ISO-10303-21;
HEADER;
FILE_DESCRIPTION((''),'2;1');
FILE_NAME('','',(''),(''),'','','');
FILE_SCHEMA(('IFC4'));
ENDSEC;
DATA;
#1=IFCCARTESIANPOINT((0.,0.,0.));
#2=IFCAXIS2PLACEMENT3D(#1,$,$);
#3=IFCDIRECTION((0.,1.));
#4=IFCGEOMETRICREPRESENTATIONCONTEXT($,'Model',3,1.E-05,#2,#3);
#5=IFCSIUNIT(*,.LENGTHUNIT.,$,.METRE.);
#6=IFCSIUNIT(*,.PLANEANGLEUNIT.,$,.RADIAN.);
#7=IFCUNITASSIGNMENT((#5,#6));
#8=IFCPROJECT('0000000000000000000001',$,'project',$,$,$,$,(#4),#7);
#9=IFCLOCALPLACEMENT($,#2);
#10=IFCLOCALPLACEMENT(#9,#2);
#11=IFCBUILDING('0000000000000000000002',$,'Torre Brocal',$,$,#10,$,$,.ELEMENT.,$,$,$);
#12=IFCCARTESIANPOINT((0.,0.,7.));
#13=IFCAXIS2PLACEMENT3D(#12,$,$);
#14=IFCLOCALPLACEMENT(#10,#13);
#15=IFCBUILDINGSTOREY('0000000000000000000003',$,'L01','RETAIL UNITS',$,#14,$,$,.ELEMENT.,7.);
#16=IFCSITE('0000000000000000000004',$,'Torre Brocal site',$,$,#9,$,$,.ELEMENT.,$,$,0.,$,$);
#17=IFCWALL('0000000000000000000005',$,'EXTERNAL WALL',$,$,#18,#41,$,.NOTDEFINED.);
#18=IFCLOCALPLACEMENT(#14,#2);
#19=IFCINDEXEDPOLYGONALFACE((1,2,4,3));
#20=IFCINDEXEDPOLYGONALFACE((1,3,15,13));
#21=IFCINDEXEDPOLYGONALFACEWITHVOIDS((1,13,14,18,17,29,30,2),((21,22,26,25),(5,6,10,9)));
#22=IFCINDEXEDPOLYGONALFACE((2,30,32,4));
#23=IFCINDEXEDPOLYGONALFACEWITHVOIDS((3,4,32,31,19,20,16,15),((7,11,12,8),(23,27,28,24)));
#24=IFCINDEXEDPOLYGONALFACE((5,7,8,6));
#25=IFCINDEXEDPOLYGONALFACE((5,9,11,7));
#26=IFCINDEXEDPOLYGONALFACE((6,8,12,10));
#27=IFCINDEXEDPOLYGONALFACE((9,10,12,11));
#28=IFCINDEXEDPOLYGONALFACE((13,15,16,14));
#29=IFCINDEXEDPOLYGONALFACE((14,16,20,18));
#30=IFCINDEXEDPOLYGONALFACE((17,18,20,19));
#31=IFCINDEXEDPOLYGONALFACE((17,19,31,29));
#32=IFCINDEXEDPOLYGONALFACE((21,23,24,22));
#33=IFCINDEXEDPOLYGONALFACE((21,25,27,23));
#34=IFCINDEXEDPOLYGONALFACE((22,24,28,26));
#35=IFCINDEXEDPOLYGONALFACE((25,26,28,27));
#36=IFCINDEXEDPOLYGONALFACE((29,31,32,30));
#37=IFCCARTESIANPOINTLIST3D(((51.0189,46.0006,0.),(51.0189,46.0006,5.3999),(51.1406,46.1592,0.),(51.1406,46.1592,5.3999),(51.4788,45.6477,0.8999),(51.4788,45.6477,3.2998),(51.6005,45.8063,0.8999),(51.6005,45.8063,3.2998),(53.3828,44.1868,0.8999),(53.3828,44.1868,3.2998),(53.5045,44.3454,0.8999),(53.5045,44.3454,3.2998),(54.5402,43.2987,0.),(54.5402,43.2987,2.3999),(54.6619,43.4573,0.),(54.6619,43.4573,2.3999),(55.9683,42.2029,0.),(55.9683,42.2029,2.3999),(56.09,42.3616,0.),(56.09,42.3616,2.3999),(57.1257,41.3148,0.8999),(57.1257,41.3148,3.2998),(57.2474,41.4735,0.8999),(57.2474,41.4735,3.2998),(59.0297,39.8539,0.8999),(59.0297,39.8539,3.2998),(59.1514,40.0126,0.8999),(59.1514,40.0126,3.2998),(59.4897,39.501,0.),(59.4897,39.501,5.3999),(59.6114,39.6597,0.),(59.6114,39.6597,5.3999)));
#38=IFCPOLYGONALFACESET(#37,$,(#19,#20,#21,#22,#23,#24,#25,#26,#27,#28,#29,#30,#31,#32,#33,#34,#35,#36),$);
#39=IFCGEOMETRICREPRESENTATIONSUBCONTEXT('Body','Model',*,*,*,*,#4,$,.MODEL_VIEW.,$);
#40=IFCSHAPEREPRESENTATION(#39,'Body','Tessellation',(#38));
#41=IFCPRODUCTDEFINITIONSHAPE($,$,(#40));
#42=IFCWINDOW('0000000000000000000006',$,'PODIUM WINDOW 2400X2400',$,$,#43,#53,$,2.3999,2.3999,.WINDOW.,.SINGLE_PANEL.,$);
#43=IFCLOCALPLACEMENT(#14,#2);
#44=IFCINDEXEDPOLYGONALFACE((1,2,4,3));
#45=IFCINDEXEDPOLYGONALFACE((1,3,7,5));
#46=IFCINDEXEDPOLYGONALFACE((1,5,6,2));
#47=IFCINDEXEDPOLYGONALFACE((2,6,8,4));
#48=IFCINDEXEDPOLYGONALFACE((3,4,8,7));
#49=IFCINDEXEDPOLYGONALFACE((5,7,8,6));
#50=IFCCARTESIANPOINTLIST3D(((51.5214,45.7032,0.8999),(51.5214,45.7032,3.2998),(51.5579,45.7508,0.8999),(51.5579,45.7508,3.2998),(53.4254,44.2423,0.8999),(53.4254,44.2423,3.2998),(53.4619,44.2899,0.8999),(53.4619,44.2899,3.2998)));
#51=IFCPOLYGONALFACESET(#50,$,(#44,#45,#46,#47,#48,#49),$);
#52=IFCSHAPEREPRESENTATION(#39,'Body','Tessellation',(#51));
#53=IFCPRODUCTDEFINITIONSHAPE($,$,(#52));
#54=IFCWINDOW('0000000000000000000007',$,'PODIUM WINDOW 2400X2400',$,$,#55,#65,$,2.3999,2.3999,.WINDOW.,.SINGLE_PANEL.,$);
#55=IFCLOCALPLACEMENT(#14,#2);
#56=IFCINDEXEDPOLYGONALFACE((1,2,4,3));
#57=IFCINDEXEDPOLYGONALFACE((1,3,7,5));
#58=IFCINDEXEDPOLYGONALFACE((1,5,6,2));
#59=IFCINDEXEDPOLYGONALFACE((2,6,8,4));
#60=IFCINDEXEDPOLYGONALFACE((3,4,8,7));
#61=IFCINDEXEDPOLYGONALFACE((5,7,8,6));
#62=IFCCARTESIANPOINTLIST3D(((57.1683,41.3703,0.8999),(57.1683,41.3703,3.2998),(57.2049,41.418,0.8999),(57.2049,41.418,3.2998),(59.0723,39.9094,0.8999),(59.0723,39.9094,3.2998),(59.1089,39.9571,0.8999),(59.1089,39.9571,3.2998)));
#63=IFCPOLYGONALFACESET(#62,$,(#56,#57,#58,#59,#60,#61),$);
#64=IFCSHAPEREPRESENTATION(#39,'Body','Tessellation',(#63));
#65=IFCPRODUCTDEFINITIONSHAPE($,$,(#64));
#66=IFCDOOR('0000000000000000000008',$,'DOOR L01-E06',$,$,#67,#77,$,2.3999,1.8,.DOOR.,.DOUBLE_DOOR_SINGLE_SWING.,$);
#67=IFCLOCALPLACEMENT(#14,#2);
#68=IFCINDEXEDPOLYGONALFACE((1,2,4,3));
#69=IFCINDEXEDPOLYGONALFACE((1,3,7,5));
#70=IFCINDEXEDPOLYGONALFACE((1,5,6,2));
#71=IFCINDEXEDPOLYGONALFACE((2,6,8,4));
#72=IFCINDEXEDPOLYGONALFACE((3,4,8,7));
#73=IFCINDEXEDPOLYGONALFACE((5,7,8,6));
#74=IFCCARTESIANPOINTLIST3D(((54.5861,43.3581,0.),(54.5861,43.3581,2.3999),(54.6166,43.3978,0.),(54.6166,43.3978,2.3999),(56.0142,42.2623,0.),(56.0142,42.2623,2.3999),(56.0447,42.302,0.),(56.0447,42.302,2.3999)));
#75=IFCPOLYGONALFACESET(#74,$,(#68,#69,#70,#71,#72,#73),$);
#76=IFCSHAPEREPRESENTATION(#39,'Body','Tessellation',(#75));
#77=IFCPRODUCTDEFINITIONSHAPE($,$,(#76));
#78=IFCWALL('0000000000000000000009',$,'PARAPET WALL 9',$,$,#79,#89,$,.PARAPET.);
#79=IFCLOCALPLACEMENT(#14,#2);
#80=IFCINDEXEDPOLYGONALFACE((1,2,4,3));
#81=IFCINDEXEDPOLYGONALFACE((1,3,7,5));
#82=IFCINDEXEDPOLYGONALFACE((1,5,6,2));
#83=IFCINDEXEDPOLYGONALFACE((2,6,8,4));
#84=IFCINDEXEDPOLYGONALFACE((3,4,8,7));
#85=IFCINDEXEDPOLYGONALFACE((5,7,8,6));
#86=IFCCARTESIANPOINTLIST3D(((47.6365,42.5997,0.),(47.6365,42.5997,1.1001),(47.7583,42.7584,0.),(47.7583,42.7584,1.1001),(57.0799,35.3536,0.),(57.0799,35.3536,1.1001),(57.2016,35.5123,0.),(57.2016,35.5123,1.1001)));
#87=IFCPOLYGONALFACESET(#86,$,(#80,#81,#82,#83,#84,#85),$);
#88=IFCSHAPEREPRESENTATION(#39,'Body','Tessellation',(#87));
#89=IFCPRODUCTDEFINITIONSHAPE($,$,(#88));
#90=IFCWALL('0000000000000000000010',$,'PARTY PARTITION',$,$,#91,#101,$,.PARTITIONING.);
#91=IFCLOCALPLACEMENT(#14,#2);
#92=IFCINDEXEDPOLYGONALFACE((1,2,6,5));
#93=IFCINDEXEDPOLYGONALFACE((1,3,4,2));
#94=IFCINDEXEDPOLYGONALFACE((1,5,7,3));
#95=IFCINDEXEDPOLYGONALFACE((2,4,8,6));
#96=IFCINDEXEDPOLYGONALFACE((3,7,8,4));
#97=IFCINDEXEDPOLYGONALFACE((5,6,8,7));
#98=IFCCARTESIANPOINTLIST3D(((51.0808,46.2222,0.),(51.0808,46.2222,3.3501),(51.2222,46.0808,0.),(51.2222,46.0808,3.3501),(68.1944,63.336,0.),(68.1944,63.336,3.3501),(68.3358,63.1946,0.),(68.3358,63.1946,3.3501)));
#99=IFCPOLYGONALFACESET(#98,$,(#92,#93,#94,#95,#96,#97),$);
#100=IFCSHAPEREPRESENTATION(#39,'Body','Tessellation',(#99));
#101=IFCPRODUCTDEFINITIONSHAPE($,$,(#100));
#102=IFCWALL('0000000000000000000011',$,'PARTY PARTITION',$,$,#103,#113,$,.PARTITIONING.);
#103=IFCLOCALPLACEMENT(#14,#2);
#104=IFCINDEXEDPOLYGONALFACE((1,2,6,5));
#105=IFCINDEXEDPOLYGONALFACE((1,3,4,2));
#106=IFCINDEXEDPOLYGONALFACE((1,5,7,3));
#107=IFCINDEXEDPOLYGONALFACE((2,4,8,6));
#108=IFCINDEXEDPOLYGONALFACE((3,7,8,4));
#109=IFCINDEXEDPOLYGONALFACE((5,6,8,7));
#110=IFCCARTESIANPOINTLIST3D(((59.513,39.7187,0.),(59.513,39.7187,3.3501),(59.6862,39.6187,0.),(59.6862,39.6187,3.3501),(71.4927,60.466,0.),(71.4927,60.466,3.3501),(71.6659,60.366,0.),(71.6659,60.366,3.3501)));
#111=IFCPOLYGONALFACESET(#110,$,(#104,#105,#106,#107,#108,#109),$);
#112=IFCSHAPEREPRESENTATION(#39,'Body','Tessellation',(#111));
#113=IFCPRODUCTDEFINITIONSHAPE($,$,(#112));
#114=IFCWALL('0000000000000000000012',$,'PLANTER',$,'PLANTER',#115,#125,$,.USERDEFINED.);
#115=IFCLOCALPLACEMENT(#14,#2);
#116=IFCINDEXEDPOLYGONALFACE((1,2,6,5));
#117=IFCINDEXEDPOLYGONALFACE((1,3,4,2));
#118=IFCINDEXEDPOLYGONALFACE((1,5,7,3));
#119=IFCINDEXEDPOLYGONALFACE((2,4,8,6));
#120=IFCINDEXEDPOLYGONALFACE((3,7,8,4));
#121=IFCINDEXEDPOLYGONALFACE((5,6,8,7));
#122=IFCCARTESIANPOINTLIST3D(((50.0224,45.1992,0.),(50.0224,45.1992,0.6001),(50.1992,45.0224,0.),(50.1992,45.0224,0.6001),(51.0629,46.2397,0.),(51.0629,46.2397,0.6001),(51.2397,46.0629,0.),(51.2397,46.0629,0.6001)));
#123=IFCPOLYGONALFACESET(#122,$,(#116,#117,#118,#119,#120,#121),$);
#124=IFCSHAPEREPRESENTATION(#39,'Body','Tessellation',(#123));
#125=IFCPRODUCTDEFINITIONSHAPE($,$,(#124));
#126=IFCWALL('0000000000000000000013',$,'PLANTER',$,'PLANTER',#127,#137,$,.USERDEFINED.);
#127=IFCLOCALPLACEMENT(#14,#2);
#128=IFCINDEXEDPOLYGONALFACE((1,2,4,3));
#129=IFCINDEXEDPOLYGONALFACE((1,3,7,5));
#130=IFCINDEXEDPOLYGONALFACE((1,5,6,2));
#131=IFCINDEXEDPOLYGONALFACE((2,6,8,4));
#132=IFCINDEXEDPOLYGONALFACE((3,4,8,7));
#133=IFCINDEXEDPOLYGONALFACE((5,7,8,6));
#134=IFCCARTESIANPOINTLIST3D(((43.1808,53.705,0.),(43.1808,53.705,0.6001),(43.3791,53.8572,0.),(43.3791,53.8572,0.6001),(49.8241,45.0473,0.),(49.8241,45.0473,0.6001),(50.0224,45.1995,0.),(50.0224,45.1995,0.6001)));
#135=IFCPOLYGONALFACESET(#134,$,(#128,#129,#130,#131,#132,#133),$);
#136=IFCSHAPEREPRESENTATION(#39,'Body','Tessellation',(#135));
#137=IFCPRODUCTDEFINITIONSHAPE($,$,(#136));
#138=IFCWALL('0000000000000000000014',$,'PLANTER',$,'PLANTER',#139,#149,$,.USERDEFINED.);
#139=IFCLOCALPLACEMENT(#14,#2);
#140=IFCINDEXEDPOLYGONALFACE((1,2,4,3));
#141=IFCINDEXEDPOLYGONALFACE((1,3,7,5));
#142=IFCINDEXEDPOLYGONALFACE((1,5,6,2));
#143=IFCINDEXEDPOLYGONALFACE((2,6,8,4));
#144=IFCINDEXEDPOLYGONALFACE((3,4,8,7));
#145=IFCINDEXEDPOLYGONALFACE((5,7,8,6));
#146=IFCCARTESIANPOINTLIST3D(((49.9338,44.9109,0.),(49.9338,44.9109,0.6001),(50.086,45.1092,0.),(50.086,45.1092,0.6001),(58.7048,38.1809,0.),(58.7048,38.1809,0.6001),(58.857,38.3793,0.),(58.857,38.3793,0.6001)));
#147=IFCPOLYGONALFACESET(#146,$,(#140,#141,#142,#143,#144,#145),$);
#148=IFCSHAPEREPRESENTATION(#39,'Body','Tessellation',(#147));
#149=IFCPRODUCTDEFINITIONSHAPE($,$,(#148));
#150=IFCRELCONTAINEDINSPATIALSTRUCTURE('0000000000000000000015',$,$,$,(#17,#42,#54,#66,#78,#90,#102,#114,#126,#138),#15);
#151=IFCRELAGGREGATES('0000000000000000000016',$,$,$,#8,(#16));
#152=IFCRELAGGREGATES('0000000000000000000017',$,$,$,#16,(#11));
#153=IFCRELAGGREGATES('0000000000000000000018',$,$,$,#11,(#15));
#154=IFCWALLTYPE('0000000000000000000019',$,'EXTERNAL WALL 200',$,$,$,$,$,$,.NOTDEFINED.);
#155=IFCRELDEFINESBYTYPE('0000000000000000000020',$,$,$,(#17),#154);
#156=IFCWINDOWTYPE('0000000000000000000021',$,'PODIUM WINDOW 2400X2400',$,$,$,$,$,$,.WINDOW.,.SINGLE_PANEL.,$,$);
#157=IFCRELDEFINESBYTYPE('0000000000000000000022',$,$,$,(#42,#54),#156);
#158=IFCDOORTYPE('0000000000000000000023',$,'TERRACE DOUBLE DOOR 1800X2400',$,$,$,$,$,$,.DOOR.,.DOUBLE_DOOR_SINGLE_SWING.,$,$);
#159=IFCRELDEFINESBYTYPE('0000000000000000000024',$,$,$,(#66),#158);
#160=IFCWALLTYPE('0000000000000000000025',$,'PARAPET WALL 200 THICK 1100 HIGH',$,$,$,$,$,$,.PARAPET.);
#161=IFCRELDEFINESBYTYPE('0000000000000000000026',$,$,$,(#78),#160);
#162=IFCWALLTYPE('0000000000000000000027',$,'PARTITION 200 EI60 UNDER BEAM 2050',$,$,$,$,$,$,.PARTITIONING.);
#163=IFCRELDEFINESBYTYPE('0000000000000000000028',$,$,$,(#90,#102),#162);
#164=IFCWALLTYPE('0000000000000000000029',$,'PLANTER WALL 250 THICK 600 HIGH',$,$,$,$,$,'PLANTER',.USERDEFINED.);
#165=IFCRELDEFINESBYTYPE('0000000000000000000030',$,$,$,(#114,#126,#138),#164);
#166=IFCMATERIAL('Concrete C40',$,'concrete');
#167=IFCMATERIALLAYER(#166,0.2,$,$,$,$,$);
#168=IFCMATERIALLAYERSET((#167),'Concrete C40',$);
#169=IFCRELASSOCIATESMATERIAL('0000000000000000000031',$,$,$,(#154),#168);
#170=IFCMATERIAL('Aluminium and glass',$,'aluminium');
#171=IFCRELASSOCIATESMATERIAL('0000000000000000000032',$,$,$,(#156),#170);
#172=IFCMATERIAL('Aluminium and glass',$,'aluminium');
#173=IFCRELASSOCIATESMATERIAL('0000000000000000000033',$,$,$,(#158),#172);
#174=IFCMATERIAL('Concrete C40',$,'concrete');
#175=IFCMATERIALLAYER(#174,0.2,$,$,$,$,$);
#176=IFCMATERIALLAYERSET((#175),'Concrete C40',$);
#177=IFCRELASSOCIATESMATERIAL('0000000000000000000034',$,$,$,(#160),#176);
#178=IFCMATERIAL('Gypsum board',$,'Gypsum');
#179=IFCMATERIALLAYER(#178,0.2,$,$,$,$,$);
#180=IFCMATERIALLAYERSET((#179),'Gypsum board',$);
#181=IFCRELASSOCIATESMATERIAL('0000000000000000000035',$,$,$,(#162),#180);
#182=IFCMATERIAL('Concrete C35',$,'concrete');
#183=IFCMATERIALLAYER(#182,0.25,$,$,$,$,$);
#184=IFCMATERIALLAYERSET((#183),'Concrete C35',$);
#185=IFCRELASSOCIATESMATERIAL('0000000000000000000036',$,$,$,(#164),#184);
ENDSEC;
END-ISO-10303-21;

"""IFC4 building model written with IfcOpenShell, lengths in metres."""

from ifc_helpers import new_model, si_unit, direction, frame, frame_2d, origin, place, context, subcontext, project, spatial, rectangle, extrude, material, layer, layer_set, type_object, element, fill, save


model = new_model("IFC4")

# Units and contexts
model_context = context("Model", 3, precision=1e-05, world=origin(), true_north=direction((0.0, 1.0)))
body_context = subcontext(model_context, "Body", "Model", "MODEL_VIEW")
ifc_project = project(units=[si_unit("LENGTHUNIT", "METRE"), si_unit("PLANEANGLEUNIT", "RADIAN")], contexts=[model_context])

# Site, building, storey
site_placement = place(None, origin())
site = spatial("IfcSite", under=ifc_project, at=site_placement, Name="Torre Brocal site", CompositionType="ELEMENT", RefElevation=0.0)
building_placement = place(site_placement, origin())
building = spatial("IfcBuilding", under=site, at=building_placement, Name="Torre Brocal", CompositionType="ELEMENT")
storey_placement = place(building_placement, frame((0.0, 0.0, 7.0)))
storey = spatial("IfcBuildingStorey", under=building, at=storey_placement, Name="L01", Description="RETAIL UNITS", CompositionType="ELEMENT", Elevation=7.0)

# Wall, openings, windows, door
ifc_material_1 = material(Name="Concrete C40", Category="concrete")
ifc_layer_1 = layer(ifc_material_1, 0.2)
ifc_layer_set_1 = layer_set([ifc_layer_1], Name="Concrete C40")
wall_type_1 = type_object("IfcWallType", Name="EXTERNAL WALL 200", PredefinedType="NOTDEFINED", material=ifc_layer_set_1)
wall_1_placement = place(storey_placement, frame((51.0798, 46.0798, 0.0), z_axis=(0.0, 0.0, 1.0), x_axis=(0.793366, -0.608744, 0.0)))
wall_1 = element("IfcWall", 1, at=wall_1_placement, inside=storey, type_object=wall_type_1, Name="EXTERNAL WALL", PredefinedType="NOTDEFINED", context=body_context, shape_type="SweptSolid", body=[
    extrude(rectangle(XDim=10.677, YDim=0.2, at=frame_2d((5.3384, 0.0))), origin(), (0.0, 0.0, 1.0), 5.3999),
])
opening_1_placement = place(wall_1_placement, frame((0.5796, 0.0, 0.8999)))
opening_1 = element("IfcOpeningElement", 2, at=opening_1_placement, cuts=wall_1, PredefinedType="OPENING", context=body_context, shape_type="SweptSolid", body=[
    extrude(rectangle(XDim=2.3999, YDim=2.3999, at=frame_2d((1.2, 1.2))), frame((0.0, 0.1099, 0.0), z_axis=(0.0, -1.0, 0.0), x_axis=(1.0, 0.0, 0.0)), (0.0, 0.0, 1.0), 0.22),
])
opening_2_placement = place(wall_1_placement, frame((4.4385, 0.0, 0.0)))
opening_2 = element("IfcOpeningElement", 3, at=opening_2_placement, cuts=wall_1, PredefinedType="OPENING", context=body_context, shape_type="SweptSolid", body=[
    extrude(rectangle(XDim=1.8, YDim=2.3999, at=frame_2d((0.8999, 1.2))), frame((0.0, 0.1099, 0.0), z_axis=(0.0, -1.0, 0.0), x_axis=(1.0, 0.0, 0.0)), (0.0, 0.0, 1.0), 0.22),
])
opening_3_placement = place(wall_1_placement, frame((7.6973, 0.0, 0.8999)))
opening_3 = element("IfcOpeningElement", 4, at=opening_3_placement, cuts=wall_1, PredefinedType="OPENING", context=body_context, shape_type="SweptSolid", body=[
    extrude(rectangle(XDim=2.3999, YDim=2.3999, at=frame_2d((1.2, 1.2))), frame((0.0, 0.1099, 0.0), z_axis=(0.0, -1.0, 0.0), x_axis=(1.0, 0.0, 0.0)), (0.0, 0.0, 1.0), 0.22),
])
ifc_material_2 = material(Name="Aluminium and glass", Category="aluminium")
window_type = type_object("IfcWindowType", Name="PODIUM WINDOW 2400X2400", PartitioningType="SINGLE_PANEL", PredefinedType="WINDOW", material=ifc_material_2)
window_1_placement = place(opening_1_placement, origin())
window_1 = element("IfcWindow", 5, at=window_1_placement, inside=storey, type_object=window_type, Name="PODIUM WINDOW 2400X2400", OverallHeight=2.3999, OverallWidth=2.3999, PartitioningType="SINGLE_PANEL", PredefinedType="WINDOW", context=body_context, shape_type="SweptSolid", body=[
    extrude(rectangle(XDim=2.3999, YDim=2.3999, at=frame_2d((1.2, 1.2))), frame((0.0, 0.03, 0.0), z_axis=(0.0, -1.0, 0.0), x_axis=(1.0, 0.0, 0.0)), (0.0, 0.0, 1.0), 0.0601),
])
fill(opening_1, window_1)
window_2_placement = place(opening_3_placement, origin())
window_2 = element("IfcWindow", 6, at=window_2_placement, inside=storey, type_object=window_type, Name="PODIUM WINDOW 2400X2400", OverallHeight=2.3999, OverallWidth=2.3999, PartitioningType="SINGLE_PANEL", PredefinedType="WINDOW", context=body_context, shape_type="SweptSolid", body=[
    extrude(rectangle(XDim=2.3999, YDim=2.3999, at=frame_2d((1.2, 1.2))), frame((0.0, 0.03, 0.0), z_axis=(0.0, -1.0, 0.0), x_axis=(1.0, 0.0, 0.0)), (0.0, 0.0, 1.0), 0.0601),
])
fill(opening_3, window_2)
ifc_material_3 = material(Name="Aluminium and glass", Category="aluminium")
door_type = type_object("IfcDoorType", Name="TERRACE DOUBLE DOOR 1800X2400", OperationType="DOUBLE_DOOR_SINGLE_SWING", PredefinedType="DOOR", material=ifc_material_3)
door_placement = place(opening_2_placement, frame((1.8, 0.0, 0.0), z_axis=(0.0, 0.0, 1.0), x_axis=(-1.0, 0.0, 0.0)))
door = element("IfcDoor", 7, at=door_placement, inside=storey, type_object=door_type, Name="DOOR L01-E06", OperationType="DOUBLE_DOOR_SINGLE_SWING", OverallHeight=2.3999, OverallWidth=1.8, PredefinedType="DOOR", context=body_context, shape_type="SweptSolid", body=[
    extrude(rectangle(XDim=1.8, YDim=2.3999, at=frame_2d((0.8999, 1.2))), frame((0.0, 0.0249, 0.0), z_axis=(0.0, -1.0, 0.0), x_axis=(1.0, 0.0, 0.0)), (0.0, 0.0, 1.0), 0.05),
])
fill(opening_2, door)

# Walls
ifc_material_4 = material(Name="Concrete C40", Category="concrete")
ifc_layer_2 = layer(ifc_material_4, 0.2)
ifc_layer_set_2 = layer_set([ifc_layer_2], Name="Concrete C40")
wall_type_2 = type_object("IfcWallType", Name="PARAPET WALL 200 THICK 1100 HIGH", PredefinedType="PARAPET", material=ifc_layer_set_2)
wall_2_placement = place(storey_placement, frame((57.1409, 35.4329, 0.0), z_axis=(0.0, 0.0, 1.0), x_axis=(-0.793355, 0.608759, 0.0)))
element("IfcWall", 8, at=wall_2_placement, inside=storey, type_object=wall_type_2, Name="PARAPET WALL 9", PredefinedType="PARAPET", context=body_context, shape_type="SweptSolid", body=[
    extrude(rectangle(XDim=11.9031, YDim=0.2, at=frame_2d((5.9517, 0.0))), origin(), (0.0, 0.0, 1.0), 1.1001),
])
ifc_material_5 = material(Name="Gypsum board", Category="Gypsum")
ifc_layer_3 = layer(ifc_material_5, 0.2)
ifc_layer_set_3 = layer_set([ifc_layer_3], Name="Gypsum board")
wall_type_3 = type_object("IfcWallType", Name="PARTITION 200 EI60 UNDER BEAM 2050", PredefinedType="PARTITIONING", material=ifc_layer_set_3)
wall_3_placement = place(storey_placement, frame((51.1516, 46.1516, 0.0), z_axis=(0.0, 0.0, 1.0), x_axis=(0.707102, 0.707112, 0.0)))
element("IfcWall", 9, at=wall_3_placement, inside=storey, type_object=wall_type_3, Name="PARTY PARTITION", PredefinedType="PARTITIONING", context=body_context, shape_type="SweptSolid", body=[
    extrude(rectangle(XDim=24.2024, YDim=0.2, at=frame_2d((12.1011, 0.0))), origin(), (0.0, 0.0, 1.0), 3.3501),
])
wall_4_placement = place(storey_placement, frame((59.5996, 39.6687, 0.0), z_axis=(0.0, 0.0, 1.0), x_axis=(0.50004, 0.866002, 0.0)))
element("IfcWall", 10, at=wall_4_placement, inside=storey, type_object=wall_type_3, Name="PARTY PARTITION", PredefinedType="PARTITIONING", context=body_context, shape_type="SweptSolid", body=[
    extrude(rectangle(XDim=23.9575, YDim=0.2, at=frame_2d((11.9788, 0.0))), origin(), (0.0, 0.0, 1.0), 3.3501),
])
ifc_material_6 = material(Name="Concrete C35", Category="concrete")
ifc_layer_4 = layer(ifc_material_6, 0.25)
ifc_layer_set_4 = layer_set([ifc_layer_4], Name="Concrete C35")
wall_type_4 = type_object("IfcWallType", Name="PLANTER WALL 250 THICK 600 HIGH", ElementType="PLANTER", PredefinedType="USERDEFINED", material=ifc_layer_set_4)
wall_5_placement = place(storey_placement, frame((51.1514, 46.1514, 0.0), z_axis=(0.0, 0.0, 1.0), x_axis=(-0.707107, -0.707107, 0.0)))
element("IfcWall", 11, at=wall_5_placement, inside=storey, type_object=wall_type_4, Name="PLANTER", ObjectType="PLANTER", PredefinedType="USERDEFINED", context=body_context, shape_type="SweptSolid", body=[
    extrude(rectangle(XDim=1.4714, YDim=0.25, at=frame_2d((0.7358, 0.0))), origin(), (0.0, 0.0, 1.0), 0.6001),
])
wall_6_placement = place(storey_placement, frame((49.9233, 45.1233, 0.0), z_axis=(0.0, 0.0, 1.0), x_axis=(-0.608762, 0.793353, 0.0)))
element("IfcWall", 12, at=wall_6_placement, inside=storey, type_object=wall_type_4, Name="PLANTER", ObjectType="PLANTER", PredefinedType="USERDEFINED", context=body_context, shape_type="SweptSolid", body=[
    extrude(rectangle(XDim=10.9128, YDim=0.25, at=frame_2d((5.4565, 0.0))), origin(), (0.0, 0.0, 1.0), 0.6001),
])
wall_7_placement = place(storey_placement, frame((58.781, 38.28, 0.0), z_axis=(0.0, 0.0, 1.0), x_axis=(-0.793364, 0.608748, 0.0)))
element("IfcWall", 13, at=wall_7_placement, inside=storey, type_object=wall_type_4, Name="PLANTER", ObjectType="PLANTER", PredefinedType="USERDEFINED", context=body_context, shape_type="SweptSolid", body=[
    extrude(rectangle(XDim=11.0554, YDim=0.25, at=frame_2d((5.5278, 0.0))), origin(), (0.0, 0.0, 1.0), 0.6001),
])

save(model, "model.ifc")
